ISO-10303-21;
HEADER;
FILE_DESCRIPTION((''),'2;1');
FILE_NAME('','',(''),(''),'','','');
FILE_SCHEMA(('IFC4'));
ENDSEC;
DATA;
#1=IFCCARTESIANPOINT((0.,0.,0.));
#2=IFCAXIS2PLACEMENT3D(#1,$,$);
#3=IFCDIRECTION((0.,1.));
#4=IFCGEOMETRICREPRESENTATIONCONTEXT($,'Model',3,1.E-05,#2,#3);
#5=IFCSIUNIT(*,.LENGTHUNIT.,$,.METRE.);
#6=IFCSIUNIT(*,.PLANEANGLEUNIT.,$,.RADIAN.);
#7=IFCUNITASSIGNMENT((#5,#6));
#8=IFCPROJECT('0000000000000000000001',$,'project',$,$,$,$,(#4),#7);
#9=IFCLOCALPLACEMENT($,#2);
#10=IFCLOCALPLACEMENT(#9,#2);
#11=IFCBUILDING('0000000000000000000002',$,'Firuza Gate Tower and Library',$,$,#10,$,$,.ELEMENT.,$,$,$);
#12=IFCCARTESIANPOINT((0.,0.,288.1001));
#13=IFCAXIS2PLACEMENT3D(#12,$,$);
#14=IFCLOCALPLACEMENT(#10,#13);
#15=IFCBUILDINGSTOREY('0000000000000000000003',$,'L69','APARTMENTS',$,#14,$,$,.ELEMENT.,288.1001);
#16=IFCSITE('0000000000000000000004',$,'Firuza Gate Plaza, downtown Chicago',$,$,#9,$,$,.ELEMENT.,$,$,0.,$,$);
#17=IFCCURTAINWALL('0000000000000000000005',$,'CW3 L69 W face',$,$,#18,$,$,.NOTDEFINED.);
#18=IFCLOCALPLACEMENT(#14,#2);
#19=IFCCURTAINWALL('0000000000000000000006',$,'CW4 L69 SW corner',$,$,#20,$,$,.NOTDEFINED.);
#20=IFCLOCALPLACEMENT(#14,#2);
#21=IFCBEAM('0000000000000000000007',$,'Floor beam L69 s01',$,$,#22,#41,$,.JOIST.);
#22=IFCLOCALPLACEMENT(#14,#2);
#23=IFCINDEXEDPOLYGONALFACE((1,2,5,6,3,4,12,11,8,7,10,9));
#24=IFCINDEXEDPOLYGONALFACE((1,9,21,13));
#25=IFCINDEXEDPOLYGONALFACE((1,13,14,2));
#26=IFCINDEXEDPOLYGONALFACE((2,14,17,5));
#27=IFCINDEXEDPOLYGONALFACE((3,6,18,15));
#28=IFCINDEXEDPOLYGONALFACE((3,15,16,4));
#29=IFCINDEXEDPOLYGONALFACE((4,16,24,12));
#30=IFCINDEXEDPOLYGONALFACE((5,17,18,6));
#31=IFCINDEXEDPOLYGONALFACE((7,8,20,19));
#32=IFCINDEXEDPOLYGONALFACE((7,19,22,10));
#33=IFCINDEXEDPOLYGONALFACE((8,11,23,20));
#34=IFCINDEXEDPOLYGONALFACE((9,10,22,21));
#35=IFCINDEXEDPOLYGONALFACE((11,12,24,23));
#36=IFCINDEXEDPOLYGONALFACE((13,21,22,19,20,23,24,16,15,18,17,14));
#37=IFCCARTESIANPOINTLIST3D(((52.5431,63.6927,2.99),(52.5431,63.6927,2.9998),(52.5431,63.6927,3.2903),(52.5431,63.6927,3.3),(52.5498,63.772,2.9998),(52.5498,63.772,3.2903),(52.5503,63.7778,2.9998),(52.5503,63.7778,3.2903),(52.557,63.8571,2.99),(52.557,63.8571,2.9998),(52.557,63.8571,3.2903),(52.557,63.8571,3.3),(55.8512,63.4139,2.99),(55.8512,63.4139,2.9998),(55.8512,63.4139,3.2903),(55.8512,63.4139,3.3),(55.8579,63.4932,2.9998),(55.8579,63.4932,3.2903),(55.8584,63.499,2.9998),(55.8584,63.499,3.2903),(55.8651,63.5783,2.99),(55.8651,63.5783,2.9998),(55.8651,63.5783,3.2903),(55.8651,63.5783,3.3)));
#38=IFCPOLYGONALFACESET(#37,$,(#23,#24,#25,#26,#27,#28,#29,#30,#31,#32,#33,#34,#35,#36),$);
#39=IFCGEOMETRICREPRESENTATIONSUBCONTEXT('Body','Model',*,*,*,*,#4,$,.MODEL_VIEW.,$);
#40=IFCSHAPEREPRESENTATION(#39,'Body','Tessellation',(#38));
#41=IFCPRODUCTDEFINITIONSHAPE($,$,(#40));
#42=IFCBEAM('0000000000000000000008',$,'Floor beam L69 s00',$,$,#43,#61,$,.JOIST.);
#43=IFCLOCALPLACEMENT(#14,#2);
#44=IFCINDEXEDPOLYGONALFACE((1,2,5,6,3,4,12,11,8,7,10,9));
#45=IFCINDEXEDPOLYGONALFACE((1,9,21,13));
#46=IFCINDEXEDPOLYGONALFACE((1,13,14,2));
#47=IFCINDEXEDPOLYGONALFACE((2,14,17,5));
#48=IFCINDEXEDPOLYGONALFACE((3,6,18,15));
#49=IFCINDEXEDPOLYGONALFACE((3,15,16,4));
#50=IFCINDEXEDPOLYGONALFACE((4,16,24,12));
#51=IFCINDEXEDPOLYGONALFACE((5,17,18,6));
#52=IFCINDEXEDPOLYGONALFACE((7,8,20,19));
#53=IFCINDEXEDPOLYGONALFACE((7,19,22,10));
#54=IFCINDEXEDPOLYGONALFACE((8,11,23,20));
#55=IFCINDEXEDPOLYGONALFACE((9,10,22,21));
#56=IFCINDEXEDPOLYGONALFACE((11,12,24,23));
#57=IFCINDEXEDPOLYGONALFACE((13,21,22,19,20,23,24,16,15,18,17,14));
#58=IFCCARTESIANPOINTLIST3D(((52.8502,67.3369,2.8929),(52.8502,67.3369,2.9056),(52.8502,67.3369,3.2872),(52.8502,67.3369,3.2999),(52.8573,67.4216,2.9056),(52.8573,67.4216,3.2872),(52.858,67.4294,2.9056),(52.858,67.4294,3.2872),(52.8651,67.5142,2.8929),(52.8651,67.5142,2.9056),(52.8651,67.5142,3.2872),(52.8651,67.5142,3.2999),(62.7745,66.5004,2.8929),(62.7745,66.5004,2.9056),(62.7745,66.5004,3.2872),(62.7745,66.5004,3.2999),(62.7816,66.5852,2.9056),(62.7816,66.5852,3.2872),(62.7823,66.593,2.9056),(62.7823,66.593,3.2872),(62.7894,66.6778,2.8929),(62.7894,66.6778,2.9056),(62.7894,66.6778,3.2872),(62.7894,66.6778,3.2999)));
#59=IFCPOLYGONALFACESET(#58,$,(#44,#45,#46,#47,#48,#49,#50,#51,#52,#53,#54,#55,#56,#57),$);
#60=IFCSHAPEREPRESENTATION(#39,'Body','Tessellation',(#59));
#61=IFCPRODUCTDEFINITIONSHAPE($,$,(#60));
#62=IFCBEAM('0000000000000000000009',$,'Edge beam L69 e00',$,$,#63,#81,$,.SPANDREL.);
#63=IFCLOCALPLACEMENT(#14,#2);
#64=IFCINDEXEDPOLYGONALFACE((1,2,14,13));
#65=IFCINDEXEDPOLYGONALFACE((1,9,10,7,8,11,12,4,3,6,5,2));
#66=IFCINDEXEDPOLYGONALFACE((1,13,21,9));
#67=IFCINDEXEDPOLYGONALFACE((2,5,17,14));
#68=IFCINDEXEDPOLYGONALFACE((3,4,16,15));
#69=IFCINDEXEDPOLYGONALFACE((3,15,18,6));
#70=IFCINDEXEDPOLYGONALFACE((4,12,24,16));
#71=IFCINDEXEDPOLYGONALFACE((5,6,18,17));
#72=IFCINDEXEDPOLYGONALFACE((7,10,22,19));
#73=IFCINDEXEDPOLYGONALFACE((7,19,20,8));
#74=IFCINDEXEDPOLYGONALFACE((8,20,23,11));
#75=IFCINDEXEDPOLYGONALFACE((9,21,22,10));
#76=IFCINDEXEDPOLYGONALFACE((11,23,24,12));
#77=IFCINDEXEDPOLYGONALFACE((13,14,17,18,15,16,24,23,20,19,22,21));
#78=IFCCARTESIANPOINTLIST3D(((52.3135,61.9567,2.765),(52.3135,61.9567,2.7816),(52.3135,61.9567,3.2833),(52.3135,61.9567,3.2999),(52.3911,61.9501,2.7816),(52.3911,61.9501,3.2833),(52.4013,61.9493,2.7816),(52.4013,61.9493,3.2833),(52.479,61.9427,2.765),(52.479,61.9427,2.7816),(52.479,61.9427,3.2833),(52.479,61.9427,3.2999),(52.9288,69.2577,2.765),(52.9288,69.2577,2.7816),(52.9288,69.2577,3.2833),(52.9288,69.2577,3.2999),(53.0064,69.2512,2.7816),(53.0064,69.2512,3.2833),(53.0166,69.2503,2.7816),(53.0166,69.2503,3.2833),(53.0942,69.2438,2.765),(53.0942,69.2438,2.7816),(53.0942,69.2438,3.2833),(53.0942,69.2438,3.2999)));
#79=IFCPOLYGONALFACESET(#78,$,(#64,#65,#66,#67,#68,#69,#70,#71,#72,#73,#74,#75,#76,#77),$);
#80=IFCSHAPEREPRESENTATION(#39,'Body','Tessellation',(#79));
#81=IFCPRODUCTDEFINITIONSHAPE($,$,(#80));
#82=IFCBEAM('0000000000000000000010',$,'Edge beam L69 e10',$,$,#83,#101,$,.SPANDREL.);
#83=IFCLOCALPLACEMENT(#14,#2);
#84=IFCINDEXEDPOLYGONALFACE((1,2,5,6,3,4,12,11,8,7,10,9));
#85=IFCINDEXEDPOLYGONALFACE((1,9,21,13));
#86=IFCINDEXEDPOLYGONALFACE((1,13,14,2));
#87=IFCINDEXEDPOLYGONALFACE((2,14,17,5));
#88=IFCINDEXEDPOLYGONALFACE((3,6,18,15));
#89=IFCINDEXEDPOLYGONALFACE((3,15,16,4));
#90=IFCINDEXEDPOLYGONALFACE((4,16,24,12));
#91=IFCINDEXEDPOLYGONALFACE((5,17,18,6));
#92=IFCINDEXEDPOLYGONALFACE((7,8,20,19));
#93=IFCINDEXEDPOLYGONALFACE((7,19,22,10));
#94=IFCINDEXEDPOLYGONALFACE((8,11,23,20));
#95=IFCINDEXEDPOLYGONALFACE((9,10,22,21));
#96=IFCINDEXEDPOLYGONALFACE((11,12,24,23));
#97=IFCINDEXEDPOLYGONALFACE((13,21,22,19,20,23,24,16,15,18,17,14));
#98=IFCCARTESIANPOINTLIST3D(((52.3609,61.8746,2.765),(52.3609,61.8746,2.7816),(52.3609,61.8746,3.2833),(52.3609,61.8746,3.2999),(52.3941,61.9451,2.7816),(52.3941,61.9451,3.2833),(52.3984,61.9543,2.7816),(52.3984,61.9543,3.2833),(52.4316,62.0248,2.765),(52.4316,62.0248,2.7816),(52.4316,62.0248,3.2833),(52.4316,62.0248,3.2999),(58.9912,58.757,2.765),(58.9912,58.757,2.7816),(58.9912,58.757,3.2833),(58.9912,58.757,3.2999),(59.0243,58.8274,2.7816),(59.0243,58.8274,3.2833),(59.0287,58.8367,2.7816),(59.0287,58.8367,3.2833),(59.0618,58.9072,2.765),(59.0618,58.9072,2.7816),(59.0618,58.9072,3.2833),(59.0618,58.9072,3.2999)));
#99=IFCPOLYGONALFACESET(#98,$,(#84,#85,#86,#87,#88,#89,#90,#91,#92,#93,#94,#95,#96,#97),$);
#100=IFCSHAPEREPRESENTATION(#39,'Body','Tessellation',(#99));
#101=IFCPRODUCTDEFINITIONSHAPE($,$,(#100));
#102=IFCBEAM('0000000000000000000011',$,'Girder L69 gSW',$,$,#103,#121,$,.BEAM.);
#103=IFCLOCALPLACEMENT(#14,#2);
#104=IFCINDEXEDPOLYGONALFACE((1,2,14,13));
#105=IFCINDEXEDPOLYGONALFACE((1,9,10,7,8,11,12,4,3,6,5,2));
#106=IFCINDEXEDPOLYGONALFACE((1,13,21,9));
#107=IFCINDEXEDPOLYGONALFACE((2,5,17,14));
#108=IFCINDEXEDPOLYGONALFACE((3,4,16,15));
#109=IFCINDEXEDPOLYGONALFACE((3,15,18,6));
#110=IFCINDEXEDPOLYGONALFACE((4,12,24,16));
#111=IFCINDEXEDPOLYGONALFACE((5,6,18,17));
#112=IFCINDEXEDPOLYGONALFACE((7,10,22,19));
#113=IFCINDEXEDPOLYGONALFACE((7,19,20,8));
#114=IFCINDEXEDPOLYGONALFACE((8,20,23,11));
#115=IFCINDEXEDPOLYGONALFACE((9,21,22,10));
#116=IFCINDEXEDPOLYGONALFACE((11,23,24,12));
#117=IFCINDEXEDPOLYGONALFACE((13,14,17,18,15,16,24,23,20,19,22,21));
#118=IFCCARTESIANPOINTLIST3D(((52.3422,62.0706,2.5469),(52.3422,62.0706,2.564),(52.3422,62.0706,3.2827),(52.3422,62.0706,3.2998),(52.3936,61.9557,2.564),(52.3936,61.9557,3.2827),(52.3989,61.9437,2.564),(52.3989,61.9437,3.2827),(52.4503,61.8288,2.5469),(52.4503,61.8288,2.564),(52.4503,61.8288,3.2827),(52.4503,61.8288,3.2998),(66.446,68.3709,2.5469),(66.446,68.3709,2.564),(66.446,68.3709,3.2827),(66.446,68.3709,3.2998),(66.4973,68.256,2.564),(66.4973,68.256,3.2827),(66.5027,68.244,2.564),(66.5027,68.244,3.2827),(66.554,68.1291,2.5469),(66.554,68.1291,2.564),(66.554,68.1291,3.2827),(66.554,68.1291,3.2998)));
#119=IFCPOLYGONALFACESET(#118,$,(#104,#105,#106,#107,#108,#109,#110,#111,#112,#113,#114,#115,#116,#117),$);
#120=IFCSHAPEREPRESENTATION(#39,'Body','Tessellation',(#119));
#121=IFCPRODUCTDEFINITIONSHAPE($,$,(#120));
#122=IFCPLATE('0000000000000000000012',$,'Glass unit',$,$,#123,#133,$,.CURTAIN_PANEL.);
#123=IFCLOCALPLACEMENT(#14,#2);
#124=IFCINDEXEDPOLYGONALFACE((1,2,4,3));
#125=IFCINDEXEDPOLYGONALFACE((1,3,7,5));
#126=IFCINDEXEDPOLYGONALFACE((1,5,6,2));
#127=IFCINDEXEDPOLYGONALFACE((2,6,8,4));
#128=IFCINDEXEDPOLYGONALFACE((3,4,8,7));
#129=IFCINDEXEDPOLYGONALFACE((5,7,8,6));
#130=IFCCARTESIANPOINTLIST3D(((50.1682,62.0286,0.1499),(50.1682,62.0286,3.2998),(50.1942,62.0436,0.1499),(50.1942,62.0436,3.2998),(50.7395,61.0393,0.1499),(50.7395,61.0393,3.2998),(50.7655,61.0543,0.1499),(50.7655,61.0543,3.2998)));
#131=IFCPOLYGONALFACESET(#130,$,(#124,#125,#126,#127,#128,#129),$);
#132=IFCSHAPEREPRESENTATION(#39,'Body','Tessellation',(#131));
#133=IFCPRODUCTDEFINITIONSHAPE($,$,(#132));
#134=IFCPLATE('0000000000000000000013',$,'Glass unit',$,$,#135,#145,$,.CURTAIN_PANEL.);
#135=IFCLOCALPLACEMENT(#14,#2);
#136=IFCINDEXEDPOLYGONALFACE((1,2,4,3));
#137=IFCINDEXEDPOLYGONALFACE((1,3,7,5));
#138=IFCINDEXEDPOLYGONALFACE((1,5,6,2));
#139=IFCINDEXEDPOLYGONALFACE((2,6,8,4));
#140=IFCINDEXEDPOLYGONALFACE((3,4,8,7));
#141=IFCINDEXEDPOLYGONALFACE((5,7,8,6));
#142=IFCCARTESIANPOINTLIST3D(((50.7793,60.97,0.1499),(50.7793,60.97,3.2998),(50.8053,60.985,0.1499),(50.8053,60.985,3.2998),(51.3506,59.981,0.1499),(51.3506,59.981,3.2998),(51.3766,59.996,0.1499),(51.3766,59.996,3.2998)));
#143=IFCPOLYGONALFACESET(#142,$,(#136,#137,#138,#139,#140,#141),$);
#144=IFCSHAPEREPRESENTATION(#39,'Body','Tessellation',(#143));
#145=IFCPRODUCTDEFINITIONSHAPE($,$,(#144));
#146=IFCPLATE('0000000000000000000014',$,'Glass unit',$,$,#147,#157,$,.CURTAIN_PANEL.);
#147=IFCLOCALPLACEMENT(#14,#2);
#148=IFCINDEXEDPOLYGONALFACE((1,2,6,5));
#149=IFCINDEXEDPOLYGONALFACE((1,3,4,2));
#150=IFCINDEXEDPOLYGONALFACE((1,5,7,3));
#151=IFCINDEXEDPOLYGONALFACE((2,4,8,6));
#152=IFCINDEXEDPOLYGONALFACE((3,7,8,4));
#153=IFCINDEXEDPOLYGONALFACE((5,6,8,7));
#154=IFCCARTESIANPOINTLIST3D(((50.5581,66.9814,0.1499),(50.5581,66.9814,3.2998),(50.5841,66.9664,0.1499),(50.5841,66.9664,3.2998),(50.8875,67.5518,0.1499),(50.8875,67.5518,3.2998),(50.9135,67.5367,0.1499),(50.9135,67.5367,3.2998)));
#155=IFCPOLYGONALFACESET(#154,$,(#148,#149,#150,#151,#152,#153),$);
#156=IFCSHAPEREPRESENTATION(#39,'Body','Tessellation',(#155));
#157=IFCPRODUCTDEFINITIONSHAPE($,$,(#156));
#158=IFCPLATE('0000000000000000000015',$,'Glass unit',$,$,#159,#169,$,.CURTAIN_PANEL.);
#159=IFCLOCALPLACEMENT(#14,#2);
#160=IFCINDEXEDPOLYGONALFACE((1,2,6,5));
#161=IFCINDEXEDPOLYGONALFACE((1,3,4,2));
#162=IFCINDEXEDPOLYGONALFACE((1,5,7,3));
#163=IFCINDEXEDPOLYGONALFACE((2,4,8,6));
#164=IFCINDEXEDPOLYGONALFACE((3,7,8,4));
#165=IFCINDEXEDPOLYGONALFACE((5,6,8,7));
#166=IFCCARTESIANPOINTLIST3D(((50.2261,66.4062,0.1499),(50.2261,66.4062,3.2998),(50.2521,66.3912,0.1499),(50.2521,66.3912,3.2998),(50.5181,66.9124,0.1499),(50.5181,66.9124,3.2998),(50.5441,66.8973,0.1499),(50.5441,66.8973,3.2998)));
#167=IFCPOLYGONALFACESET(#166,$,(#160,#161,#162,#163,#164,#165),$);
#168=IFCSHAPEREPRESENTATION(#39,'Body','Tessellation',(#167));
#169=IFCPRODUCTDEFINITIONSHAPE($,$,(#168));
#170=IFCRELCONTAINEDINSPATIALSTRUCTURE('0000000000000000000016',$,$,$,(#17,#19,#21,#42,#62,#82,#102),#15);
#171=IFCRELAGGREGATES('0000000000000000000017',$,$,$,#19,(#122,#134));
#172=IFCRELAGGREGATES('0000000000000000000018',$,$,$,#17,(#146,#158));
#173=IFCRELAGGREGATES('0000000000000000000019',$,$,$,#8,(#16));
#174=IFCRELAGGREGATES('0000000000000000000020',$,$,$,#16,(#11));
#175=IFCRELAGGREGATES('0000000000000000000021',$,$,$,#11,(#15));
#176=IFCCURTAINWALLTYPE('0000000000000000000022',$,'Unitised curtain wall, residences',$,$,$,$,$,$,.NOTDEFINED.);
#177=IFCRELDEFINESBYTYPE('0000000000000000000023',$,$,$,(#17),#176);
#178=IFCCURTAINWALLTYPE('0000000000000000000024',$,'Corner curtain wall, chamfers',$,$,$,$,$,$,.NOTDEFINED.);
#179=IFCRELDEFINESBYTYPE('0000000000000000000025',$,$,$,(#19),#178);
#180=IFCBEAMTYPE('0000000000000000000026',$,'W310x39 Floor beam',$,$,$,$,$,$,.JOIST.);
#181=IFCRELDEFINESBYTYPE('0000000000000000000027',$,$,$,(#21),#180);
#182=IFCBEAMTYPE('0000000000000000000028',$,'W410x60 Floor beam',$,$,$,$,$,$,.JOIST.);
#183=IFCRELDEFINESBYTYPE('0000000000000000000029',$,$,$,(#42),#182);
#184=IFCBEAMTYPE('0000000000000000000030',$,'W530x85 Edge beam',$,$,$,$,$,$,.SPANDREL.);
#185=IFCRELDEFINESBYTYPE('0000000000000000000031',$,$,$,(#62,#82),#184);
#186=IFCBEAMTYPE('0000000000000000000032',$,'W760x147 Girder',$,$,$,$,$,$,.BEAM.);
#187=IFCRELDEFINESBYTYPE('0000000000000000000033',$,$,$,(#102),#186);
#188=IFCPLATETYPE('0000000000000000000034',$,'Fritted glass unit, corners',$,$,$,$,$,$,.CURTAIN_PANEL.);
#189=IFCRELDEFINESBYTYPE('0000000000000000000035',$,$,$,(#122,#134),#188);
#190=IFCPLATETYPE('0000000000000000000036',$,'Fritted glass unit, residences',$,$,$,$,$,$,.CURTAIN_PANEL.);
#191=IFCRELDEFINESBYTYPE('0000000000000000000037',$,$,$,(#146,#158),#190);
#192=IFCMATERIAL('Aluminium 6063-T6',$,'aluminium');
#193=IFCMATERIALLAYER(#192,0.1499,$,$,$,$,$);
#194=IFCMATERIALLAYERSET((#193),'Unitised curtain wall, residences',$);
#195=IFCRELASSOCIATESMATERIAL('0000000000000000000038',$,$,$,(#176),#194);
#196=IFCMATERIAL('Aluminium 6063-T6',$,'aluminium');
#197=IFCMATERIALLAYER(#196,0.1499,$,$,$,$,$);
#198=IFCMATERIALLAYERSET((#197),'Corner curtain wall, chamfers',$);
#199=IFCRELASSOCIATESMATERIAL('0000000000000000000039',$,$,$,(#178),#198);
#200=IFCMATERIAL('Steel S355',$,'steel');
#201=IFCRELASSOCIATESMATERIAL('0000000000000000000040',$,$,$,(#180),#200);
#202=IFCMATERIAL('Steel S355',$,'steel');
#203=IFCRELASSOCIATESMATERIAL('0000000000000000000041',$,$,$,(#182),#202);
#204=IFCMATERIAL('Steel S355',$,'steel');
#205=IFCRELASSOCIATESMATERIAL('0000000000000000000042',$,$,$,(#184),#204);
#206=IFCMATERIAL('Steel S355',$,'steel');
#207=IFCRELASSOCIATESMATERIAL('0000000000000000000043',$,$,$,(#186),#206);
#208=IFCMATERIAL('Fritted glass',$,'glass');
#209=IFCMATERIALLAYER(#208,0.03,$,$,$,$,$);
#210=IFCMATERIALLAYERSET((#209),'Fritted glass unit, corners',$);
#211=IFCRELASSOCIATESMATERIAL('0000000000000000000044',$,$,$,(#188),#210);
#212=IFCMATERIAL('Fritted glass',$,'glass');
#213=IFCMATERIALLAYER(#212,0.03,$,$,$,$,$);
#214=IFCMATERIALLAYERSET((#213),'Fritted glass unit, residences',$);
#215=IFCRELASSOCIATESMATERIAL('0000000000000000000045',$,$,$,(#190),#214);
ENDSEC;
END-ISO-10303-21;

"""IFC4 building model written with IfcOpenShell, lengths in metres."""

from ifc_helpers import new_model, si_unit, direction, frame, origin, origin_2d, place, context, subcontext, project, spatial, polyline, i_section, outline, extrude, material, layer, layer_set, material_profile, profile_set, type_object, element, aggregate, save


model = new_model("IFC4")

# Units and contexts
model_context = context("Model", 3, precision=1e-05, world=origin(), true_north=direction((0.0, 1.0)))
body_context = subcontext(model_context, "Body", "Model", "MODEL_VIEW")
ifc_project = project(units=[si_unit("LENGTHUNIT", "METRE"), si_unit("PLANEANGLEUNIT", "RADIAN")], contexts=[model_context])

# Site, building, storey
site_placement = place(None, origin())
site = spatial("IfcSite", under=ifc_project, at=site_placement, Name="Firuza Gate Plaza, downtown Chicago", CompositionType="ELEMENT", RefElevation=0.0)
building_placement = place(site_placement, origin())
building = spatial("IfcBuilding", under=site, at=building_placement, Name="Firuza Gate Tower and Library", CompositionType="ELEMENT")
storey_placement = place(building_placement, frame((0.0, 0.0, 288.1001)))
storey = spatial("IfcBuildingStorey", under=building, at=storey_placement, Name="L69", Description="APARTMENTS", CompositionType="ELEMENT", Elevation=288.1001)

# Shared definitions
ifc_material_1 = material(Name="Aluminium 6063-T6", Category="aluminium")
ifc_layer_1 = layer(ifc_material_1, 0.1499)
ifc_layer_set_1 = layer_set([ifc_layer_1], Name="Unitised curtain wall, residences")
curtain_wall_type_1 = type_object("IfcCurtainWallType", Name="Unitised curtain wall, residences", PredefinedType="NOTDEFINED", material=ifc_layer_set_1)
placement = place(storey_placement, origin())

# Curtain walls
curtain_wall_1 = element("IfcCurtainWall", 1, at=placement, inside=storey, type_object=curtain_wall_type_1, Name="CW3 L69 W face", PredefinedType="NOTDEFINED")
ifc_material_2 = material(Name="Aluminium 6063-T6", Category="aluminium")
ifc_layer_2 = layer(ifc_material_2, 0.1499)
ifc_layer_set_2 = layer_set([ifc_layer_2], Name="Corner curtain wall, chamfers")
curtain_wall_type_2 = type_object("IfcCurtainWallType", Name="Corner curtain wall, chamfers", PredefinedType="NOTDEFINED", material=ifc_layer_set_2)
curtain_wall_2 = element("IfcCurtainWall", 2, at=placement, inside=storey, type_object=curtain_wall_type_2, Name="CW4 L69 SW corner", PredefinedType="NOTDEFINED")

# Beams
ifc_material_3 = material(Name="Steel S355", Category="steel")
ifc_material_profile_1 = material_profile(ifc_material_3, i_section(OverallWidth=0.165, OverallDepth=0.3101, WebThickness=0.0059, FlangeThickness=0.0098, at=origin_2d()))
ifc_profile_set_1 = profile_set([ifc_material_profile_1], Name="Steel S355")
beam_type_1 = type_object("IfcBeamType", Name="W310x39 Floor beam", PredefinedType="JOIST", material=ifc_profile_set_1)
beam_1_placement = place(storey_placement, frame((52.55, 63.7749, 3.145), z_axis=(0.996467, -0.083983, 0.0), x_axis=(0.083983, 0.996467, 0.0)))
element("IfcBeam", 3, at=beam_1_placement, inside=storey, type_object=beam_type_1, Name="Floor beam L69 s01", PredefinedType="JOIST", context=body_context, shape_type="SweptSolid", body=[
    extrude(i_section(OverallWidth=0.165, OverallDepth=0.3101, WebThickness=0.0059, FlangeThickness=0.0098, at=origin_2d()), origin(), (0.0, 0.0, 1.0), 3.3198),
])
ifc_material_4 = material(Name="Steel S355", Category="steel")
ifc_material_profile_2 = material_profile(ifc_material_4, i_section(OverallWidth=0.178, OverallDepth=0.407, WebThickness=0.0078, FlangeThickness=0.0127, at=origin_2d()))
ifc_profile_set_2 = profile_set([ifc_material_profile_2], Name="Steel S355")
beam_type_2 = type_object("IfcBeamType", Name="W410x60 Floor beam", PredefinedType="JOIST", material=ifc_profile_set_2)
beam_2_placement = place(storey_placement, frame((52.8577, 67.4255, 3.0964), z_axis=(0.996467, -0.083983, 0.0), x_axis=(0.083983, 0.996467, 0.0)))
element("IfcBeam", 4, at=beam_2_placement, inside=storey, type_object=beam_type_2, Name="Floor beam L69 s00", PredefinedType="JOIST", context=body_context, shape_type="SweptSolid", body=[
    extrude(i_section(OverallWidth=0.178, OverallDepth=0.407, WebThickness=0.0078, FlangeThickness=0.0127, at=origin_2d()), origin(), (0.0, 0.0, 1.0), 9.9595),
])
ifc_material_5 = material(Name="Steel S355", Category="steel")
ifc_material_profile_3 = material_profile(ifc_material_5, i_section(OverallWidth=0.166, OverallDepth=0.5349, WebThickness=0.0103, FlangeThickness=0.0166, at=origin_2d()))
ifc_profile_set_3 = profile_set([ifc_material_profile_3], Name="Steel S355")
beam_type_3 = type_object("IfcBeamType", Name="W530x85 Edge beam", PredefinedType="SPANDREL", material=ifc_profile_set_3)
beam_3_placement = place(storey_placement, frame((53.0115, 69.2507, 3.0325), z_axis=(-0.083969, -0.996468, 0.0), x_axis=(0.996468, -0.083969, 0.0)))
element("IfcBeam", 5, at=beam_3_placement, inside=storey, type_object=beam_type_3, Name="Edge beam L69 e00", PredefinedType="SPANDREL", context=body_context, shape_type="SweptSolid", body=[
    extrude(i_section(OverallWidth=0.166, OverallDepth=0.5349, WebThickness=0.0103, FlangeThickness=0.0166, at=origin_2d()), origin(), (0.0, 0.0, 1.0), 7.3269),
])
beam_4_placement = place(storey_placement, frame((52.3962, 61.9497, 3.0325), z_axis=(0.90495, -0.425518, 0.0), x_axis=(0.425518, 0.90495, 0.0)))
element("IfcBeam", 6, at=beam_4_placement, inside=storey, type_object=beam_type_3, Name="Edge beam L69 e10", PredefinedType="SPANDREL", context=body_context, shape_type="SweptSolid", body=[
    extrude(i_section(OverallWidth=0.166, OverallDepth=0.5349, WebThickness=0.0103, FlangeThickness=0.0166, at=origin_2d()), origin(), (0.0, 0.0, 1.0), 7.3267),
])
ifc_material_6 = material(Name="Steel S355", Category="steel")
ifc_material_profile_4 = material_profile(ifc_material_6, i_section(OverallWidth=0.2649, OverallDepth=0.7529, WebThickness=0.0132, FlangeThickness=0.0171, at=origin_2d()))
ifc_profile_set_4 = profile_set([ifc_material_profile_4], Name="Steel S355")
beam_type_4 = type_object("IfcBeamType", Name="W760x147 Girder", PredefinedType="BEAM", material=ifc_profile_set_4)
beam_5_placement = place(storey_placement, frame((52.3962, 61.9497, 2.9233), z_axis=(0.913042, 0.407865, 0.0), x_axis=(-0.407865, 0.913042, 0.0)))
element("IfcBeam", 7, at=beam_5_placement, inside=storey, type_object=beam_type_4, Name="Girder L69 gSW", PredefinedType="BEAM", context=body_context, shape_type="SweptSolid", body=[
    extrude(i_section(OverallWidth=0.2649, OverallDepth=0.7529, WebThickness=0.0132, FlangeThickness=0.0171, at=origin_2d()), origin(), (0.0, 0.0, 1.0), 15.447),
])

# Plates
ifc_material_7 = material(Name="Fritted glass", Category="glass")
ifc_layer_3 = layer(ifc_material_7, 0.03)
ifc_layer_set_3 = layer_set([ifc_layer_3], Name="Fritted glass unit, corners")
plate_type_1 = type_object("IfcPlateType", Name="Fritted glass unit, corners", PredefinedType="CURTAIN_PANEL", material=ifc_layer_set_3)
plate_1_placement = place(storey_placement, frame((50.1682, 62.0286, 0.1499), z_axis=(-0.865972, -0.500092, 0.0), x_axis=(0.500092, -0.865972, 0.0)))
plate_1 = element("IfcPlate", 8, at=plate_1_placement, type_object=plate_type_1, Name="Glass unit", PredefinedType="CURTAIN_PANEL", context=body_context, shape_type="SweptSolid", body=[
    extrude(outline(polyline([(0.0, 0.0), (1.1424, 0.0), (1.1424, 3.1499), (0.0, 3.1499), (0.0, 0.0)])), origin(), (0.0, 0.0, -1.0), 0.03),
])
plate_2_placement = place(storey_placement, frame((50.7793, 60.97, 0.1499), z_axis=(-0.865919, -0.500185, 0.0), x_axis=(0.500185, -0.865919, 0.0)))
plate_2 = element("IfcPlate", 9, at=plate_2_placement, type_object=plate_type_1, Name="Glass unit", PredefinedType="CURTAIN_PANEL", context=body_context, shape_type="SweptSolid", body=[
    extrude(outline(polyline([(0.0, 0.0), (1.1422, 0.0), (1.1422, 3.1499), (0.0, 3.1499), (0.0, 0.0)])), origin(), (0.0, 0.0, -1.0), 0.03),
])
ifc_material_8 = material(Name="Fritted glass", Category="glass")
ifc_layer_4 = layer(ifc_material_8, 0.03)
ifc_layer_set_4 = layer_set([ifc_layer_4], Name="Fritted glass unit, residences")
plate_type_2 = type_object("IfcPlateType", Name="Fritted glass unit, residences", PredefinedType="CURTAIN_PANEL", material=ifc_layer_set_4)
plate_3_placement = place(storey_placement, frame((50.8875, 67.5518, 0.1499), z_axis=(-0.865976, 0.500086, 0.0), x_axis=(-0.500086, -0.865976, 0.0)))
plate_3 = element("IfcPlate", 10, at=plate_3_placement, type_object=plate_type_2, Name="Glass unit", PredefinedType="CURTAIN_PANEL", context=body_context, shape_type="SweptSolid", body=[
    extrude(outline(polyline([(0.0, 0.0), (0.6586, 0.0), (0.6586, 3.1499), (0.0, 3.1499), (0.0, 0.0)])), origin(), (0.0, 0.0, -1.0), 0.03),
])
plate_4_placement = place(storey_placement, frame((50.5181, 66.9124, 0.1499), z_axis=(-0.866179, 0.499735, 0.0), x_axis=(-0.499735, -0.866179, 0.0)))
plate_4 = element("IfcPlate", 11, at=plate_4_placement, type_object=plate_type_2, Name="Glass unit", PredefinedType="CURTAIN_PANEL", context=body_context, shape_type="SweptSolid", body=[
    extrude(outline(polyline([(0.0, 0.0), (0.5843, 0.0), (0.5843, 3.1499), (0.0, 3.1499), (0.0, 0.0)])), origin(), (0.0, 0.0, -1.0), 0.03),
])
aggregate(curtain_wall_2, [plate_1, plate_2])
aggregate(curtain_wall_1, [plate_3, plate_4])

save(model, "model.ifc")
